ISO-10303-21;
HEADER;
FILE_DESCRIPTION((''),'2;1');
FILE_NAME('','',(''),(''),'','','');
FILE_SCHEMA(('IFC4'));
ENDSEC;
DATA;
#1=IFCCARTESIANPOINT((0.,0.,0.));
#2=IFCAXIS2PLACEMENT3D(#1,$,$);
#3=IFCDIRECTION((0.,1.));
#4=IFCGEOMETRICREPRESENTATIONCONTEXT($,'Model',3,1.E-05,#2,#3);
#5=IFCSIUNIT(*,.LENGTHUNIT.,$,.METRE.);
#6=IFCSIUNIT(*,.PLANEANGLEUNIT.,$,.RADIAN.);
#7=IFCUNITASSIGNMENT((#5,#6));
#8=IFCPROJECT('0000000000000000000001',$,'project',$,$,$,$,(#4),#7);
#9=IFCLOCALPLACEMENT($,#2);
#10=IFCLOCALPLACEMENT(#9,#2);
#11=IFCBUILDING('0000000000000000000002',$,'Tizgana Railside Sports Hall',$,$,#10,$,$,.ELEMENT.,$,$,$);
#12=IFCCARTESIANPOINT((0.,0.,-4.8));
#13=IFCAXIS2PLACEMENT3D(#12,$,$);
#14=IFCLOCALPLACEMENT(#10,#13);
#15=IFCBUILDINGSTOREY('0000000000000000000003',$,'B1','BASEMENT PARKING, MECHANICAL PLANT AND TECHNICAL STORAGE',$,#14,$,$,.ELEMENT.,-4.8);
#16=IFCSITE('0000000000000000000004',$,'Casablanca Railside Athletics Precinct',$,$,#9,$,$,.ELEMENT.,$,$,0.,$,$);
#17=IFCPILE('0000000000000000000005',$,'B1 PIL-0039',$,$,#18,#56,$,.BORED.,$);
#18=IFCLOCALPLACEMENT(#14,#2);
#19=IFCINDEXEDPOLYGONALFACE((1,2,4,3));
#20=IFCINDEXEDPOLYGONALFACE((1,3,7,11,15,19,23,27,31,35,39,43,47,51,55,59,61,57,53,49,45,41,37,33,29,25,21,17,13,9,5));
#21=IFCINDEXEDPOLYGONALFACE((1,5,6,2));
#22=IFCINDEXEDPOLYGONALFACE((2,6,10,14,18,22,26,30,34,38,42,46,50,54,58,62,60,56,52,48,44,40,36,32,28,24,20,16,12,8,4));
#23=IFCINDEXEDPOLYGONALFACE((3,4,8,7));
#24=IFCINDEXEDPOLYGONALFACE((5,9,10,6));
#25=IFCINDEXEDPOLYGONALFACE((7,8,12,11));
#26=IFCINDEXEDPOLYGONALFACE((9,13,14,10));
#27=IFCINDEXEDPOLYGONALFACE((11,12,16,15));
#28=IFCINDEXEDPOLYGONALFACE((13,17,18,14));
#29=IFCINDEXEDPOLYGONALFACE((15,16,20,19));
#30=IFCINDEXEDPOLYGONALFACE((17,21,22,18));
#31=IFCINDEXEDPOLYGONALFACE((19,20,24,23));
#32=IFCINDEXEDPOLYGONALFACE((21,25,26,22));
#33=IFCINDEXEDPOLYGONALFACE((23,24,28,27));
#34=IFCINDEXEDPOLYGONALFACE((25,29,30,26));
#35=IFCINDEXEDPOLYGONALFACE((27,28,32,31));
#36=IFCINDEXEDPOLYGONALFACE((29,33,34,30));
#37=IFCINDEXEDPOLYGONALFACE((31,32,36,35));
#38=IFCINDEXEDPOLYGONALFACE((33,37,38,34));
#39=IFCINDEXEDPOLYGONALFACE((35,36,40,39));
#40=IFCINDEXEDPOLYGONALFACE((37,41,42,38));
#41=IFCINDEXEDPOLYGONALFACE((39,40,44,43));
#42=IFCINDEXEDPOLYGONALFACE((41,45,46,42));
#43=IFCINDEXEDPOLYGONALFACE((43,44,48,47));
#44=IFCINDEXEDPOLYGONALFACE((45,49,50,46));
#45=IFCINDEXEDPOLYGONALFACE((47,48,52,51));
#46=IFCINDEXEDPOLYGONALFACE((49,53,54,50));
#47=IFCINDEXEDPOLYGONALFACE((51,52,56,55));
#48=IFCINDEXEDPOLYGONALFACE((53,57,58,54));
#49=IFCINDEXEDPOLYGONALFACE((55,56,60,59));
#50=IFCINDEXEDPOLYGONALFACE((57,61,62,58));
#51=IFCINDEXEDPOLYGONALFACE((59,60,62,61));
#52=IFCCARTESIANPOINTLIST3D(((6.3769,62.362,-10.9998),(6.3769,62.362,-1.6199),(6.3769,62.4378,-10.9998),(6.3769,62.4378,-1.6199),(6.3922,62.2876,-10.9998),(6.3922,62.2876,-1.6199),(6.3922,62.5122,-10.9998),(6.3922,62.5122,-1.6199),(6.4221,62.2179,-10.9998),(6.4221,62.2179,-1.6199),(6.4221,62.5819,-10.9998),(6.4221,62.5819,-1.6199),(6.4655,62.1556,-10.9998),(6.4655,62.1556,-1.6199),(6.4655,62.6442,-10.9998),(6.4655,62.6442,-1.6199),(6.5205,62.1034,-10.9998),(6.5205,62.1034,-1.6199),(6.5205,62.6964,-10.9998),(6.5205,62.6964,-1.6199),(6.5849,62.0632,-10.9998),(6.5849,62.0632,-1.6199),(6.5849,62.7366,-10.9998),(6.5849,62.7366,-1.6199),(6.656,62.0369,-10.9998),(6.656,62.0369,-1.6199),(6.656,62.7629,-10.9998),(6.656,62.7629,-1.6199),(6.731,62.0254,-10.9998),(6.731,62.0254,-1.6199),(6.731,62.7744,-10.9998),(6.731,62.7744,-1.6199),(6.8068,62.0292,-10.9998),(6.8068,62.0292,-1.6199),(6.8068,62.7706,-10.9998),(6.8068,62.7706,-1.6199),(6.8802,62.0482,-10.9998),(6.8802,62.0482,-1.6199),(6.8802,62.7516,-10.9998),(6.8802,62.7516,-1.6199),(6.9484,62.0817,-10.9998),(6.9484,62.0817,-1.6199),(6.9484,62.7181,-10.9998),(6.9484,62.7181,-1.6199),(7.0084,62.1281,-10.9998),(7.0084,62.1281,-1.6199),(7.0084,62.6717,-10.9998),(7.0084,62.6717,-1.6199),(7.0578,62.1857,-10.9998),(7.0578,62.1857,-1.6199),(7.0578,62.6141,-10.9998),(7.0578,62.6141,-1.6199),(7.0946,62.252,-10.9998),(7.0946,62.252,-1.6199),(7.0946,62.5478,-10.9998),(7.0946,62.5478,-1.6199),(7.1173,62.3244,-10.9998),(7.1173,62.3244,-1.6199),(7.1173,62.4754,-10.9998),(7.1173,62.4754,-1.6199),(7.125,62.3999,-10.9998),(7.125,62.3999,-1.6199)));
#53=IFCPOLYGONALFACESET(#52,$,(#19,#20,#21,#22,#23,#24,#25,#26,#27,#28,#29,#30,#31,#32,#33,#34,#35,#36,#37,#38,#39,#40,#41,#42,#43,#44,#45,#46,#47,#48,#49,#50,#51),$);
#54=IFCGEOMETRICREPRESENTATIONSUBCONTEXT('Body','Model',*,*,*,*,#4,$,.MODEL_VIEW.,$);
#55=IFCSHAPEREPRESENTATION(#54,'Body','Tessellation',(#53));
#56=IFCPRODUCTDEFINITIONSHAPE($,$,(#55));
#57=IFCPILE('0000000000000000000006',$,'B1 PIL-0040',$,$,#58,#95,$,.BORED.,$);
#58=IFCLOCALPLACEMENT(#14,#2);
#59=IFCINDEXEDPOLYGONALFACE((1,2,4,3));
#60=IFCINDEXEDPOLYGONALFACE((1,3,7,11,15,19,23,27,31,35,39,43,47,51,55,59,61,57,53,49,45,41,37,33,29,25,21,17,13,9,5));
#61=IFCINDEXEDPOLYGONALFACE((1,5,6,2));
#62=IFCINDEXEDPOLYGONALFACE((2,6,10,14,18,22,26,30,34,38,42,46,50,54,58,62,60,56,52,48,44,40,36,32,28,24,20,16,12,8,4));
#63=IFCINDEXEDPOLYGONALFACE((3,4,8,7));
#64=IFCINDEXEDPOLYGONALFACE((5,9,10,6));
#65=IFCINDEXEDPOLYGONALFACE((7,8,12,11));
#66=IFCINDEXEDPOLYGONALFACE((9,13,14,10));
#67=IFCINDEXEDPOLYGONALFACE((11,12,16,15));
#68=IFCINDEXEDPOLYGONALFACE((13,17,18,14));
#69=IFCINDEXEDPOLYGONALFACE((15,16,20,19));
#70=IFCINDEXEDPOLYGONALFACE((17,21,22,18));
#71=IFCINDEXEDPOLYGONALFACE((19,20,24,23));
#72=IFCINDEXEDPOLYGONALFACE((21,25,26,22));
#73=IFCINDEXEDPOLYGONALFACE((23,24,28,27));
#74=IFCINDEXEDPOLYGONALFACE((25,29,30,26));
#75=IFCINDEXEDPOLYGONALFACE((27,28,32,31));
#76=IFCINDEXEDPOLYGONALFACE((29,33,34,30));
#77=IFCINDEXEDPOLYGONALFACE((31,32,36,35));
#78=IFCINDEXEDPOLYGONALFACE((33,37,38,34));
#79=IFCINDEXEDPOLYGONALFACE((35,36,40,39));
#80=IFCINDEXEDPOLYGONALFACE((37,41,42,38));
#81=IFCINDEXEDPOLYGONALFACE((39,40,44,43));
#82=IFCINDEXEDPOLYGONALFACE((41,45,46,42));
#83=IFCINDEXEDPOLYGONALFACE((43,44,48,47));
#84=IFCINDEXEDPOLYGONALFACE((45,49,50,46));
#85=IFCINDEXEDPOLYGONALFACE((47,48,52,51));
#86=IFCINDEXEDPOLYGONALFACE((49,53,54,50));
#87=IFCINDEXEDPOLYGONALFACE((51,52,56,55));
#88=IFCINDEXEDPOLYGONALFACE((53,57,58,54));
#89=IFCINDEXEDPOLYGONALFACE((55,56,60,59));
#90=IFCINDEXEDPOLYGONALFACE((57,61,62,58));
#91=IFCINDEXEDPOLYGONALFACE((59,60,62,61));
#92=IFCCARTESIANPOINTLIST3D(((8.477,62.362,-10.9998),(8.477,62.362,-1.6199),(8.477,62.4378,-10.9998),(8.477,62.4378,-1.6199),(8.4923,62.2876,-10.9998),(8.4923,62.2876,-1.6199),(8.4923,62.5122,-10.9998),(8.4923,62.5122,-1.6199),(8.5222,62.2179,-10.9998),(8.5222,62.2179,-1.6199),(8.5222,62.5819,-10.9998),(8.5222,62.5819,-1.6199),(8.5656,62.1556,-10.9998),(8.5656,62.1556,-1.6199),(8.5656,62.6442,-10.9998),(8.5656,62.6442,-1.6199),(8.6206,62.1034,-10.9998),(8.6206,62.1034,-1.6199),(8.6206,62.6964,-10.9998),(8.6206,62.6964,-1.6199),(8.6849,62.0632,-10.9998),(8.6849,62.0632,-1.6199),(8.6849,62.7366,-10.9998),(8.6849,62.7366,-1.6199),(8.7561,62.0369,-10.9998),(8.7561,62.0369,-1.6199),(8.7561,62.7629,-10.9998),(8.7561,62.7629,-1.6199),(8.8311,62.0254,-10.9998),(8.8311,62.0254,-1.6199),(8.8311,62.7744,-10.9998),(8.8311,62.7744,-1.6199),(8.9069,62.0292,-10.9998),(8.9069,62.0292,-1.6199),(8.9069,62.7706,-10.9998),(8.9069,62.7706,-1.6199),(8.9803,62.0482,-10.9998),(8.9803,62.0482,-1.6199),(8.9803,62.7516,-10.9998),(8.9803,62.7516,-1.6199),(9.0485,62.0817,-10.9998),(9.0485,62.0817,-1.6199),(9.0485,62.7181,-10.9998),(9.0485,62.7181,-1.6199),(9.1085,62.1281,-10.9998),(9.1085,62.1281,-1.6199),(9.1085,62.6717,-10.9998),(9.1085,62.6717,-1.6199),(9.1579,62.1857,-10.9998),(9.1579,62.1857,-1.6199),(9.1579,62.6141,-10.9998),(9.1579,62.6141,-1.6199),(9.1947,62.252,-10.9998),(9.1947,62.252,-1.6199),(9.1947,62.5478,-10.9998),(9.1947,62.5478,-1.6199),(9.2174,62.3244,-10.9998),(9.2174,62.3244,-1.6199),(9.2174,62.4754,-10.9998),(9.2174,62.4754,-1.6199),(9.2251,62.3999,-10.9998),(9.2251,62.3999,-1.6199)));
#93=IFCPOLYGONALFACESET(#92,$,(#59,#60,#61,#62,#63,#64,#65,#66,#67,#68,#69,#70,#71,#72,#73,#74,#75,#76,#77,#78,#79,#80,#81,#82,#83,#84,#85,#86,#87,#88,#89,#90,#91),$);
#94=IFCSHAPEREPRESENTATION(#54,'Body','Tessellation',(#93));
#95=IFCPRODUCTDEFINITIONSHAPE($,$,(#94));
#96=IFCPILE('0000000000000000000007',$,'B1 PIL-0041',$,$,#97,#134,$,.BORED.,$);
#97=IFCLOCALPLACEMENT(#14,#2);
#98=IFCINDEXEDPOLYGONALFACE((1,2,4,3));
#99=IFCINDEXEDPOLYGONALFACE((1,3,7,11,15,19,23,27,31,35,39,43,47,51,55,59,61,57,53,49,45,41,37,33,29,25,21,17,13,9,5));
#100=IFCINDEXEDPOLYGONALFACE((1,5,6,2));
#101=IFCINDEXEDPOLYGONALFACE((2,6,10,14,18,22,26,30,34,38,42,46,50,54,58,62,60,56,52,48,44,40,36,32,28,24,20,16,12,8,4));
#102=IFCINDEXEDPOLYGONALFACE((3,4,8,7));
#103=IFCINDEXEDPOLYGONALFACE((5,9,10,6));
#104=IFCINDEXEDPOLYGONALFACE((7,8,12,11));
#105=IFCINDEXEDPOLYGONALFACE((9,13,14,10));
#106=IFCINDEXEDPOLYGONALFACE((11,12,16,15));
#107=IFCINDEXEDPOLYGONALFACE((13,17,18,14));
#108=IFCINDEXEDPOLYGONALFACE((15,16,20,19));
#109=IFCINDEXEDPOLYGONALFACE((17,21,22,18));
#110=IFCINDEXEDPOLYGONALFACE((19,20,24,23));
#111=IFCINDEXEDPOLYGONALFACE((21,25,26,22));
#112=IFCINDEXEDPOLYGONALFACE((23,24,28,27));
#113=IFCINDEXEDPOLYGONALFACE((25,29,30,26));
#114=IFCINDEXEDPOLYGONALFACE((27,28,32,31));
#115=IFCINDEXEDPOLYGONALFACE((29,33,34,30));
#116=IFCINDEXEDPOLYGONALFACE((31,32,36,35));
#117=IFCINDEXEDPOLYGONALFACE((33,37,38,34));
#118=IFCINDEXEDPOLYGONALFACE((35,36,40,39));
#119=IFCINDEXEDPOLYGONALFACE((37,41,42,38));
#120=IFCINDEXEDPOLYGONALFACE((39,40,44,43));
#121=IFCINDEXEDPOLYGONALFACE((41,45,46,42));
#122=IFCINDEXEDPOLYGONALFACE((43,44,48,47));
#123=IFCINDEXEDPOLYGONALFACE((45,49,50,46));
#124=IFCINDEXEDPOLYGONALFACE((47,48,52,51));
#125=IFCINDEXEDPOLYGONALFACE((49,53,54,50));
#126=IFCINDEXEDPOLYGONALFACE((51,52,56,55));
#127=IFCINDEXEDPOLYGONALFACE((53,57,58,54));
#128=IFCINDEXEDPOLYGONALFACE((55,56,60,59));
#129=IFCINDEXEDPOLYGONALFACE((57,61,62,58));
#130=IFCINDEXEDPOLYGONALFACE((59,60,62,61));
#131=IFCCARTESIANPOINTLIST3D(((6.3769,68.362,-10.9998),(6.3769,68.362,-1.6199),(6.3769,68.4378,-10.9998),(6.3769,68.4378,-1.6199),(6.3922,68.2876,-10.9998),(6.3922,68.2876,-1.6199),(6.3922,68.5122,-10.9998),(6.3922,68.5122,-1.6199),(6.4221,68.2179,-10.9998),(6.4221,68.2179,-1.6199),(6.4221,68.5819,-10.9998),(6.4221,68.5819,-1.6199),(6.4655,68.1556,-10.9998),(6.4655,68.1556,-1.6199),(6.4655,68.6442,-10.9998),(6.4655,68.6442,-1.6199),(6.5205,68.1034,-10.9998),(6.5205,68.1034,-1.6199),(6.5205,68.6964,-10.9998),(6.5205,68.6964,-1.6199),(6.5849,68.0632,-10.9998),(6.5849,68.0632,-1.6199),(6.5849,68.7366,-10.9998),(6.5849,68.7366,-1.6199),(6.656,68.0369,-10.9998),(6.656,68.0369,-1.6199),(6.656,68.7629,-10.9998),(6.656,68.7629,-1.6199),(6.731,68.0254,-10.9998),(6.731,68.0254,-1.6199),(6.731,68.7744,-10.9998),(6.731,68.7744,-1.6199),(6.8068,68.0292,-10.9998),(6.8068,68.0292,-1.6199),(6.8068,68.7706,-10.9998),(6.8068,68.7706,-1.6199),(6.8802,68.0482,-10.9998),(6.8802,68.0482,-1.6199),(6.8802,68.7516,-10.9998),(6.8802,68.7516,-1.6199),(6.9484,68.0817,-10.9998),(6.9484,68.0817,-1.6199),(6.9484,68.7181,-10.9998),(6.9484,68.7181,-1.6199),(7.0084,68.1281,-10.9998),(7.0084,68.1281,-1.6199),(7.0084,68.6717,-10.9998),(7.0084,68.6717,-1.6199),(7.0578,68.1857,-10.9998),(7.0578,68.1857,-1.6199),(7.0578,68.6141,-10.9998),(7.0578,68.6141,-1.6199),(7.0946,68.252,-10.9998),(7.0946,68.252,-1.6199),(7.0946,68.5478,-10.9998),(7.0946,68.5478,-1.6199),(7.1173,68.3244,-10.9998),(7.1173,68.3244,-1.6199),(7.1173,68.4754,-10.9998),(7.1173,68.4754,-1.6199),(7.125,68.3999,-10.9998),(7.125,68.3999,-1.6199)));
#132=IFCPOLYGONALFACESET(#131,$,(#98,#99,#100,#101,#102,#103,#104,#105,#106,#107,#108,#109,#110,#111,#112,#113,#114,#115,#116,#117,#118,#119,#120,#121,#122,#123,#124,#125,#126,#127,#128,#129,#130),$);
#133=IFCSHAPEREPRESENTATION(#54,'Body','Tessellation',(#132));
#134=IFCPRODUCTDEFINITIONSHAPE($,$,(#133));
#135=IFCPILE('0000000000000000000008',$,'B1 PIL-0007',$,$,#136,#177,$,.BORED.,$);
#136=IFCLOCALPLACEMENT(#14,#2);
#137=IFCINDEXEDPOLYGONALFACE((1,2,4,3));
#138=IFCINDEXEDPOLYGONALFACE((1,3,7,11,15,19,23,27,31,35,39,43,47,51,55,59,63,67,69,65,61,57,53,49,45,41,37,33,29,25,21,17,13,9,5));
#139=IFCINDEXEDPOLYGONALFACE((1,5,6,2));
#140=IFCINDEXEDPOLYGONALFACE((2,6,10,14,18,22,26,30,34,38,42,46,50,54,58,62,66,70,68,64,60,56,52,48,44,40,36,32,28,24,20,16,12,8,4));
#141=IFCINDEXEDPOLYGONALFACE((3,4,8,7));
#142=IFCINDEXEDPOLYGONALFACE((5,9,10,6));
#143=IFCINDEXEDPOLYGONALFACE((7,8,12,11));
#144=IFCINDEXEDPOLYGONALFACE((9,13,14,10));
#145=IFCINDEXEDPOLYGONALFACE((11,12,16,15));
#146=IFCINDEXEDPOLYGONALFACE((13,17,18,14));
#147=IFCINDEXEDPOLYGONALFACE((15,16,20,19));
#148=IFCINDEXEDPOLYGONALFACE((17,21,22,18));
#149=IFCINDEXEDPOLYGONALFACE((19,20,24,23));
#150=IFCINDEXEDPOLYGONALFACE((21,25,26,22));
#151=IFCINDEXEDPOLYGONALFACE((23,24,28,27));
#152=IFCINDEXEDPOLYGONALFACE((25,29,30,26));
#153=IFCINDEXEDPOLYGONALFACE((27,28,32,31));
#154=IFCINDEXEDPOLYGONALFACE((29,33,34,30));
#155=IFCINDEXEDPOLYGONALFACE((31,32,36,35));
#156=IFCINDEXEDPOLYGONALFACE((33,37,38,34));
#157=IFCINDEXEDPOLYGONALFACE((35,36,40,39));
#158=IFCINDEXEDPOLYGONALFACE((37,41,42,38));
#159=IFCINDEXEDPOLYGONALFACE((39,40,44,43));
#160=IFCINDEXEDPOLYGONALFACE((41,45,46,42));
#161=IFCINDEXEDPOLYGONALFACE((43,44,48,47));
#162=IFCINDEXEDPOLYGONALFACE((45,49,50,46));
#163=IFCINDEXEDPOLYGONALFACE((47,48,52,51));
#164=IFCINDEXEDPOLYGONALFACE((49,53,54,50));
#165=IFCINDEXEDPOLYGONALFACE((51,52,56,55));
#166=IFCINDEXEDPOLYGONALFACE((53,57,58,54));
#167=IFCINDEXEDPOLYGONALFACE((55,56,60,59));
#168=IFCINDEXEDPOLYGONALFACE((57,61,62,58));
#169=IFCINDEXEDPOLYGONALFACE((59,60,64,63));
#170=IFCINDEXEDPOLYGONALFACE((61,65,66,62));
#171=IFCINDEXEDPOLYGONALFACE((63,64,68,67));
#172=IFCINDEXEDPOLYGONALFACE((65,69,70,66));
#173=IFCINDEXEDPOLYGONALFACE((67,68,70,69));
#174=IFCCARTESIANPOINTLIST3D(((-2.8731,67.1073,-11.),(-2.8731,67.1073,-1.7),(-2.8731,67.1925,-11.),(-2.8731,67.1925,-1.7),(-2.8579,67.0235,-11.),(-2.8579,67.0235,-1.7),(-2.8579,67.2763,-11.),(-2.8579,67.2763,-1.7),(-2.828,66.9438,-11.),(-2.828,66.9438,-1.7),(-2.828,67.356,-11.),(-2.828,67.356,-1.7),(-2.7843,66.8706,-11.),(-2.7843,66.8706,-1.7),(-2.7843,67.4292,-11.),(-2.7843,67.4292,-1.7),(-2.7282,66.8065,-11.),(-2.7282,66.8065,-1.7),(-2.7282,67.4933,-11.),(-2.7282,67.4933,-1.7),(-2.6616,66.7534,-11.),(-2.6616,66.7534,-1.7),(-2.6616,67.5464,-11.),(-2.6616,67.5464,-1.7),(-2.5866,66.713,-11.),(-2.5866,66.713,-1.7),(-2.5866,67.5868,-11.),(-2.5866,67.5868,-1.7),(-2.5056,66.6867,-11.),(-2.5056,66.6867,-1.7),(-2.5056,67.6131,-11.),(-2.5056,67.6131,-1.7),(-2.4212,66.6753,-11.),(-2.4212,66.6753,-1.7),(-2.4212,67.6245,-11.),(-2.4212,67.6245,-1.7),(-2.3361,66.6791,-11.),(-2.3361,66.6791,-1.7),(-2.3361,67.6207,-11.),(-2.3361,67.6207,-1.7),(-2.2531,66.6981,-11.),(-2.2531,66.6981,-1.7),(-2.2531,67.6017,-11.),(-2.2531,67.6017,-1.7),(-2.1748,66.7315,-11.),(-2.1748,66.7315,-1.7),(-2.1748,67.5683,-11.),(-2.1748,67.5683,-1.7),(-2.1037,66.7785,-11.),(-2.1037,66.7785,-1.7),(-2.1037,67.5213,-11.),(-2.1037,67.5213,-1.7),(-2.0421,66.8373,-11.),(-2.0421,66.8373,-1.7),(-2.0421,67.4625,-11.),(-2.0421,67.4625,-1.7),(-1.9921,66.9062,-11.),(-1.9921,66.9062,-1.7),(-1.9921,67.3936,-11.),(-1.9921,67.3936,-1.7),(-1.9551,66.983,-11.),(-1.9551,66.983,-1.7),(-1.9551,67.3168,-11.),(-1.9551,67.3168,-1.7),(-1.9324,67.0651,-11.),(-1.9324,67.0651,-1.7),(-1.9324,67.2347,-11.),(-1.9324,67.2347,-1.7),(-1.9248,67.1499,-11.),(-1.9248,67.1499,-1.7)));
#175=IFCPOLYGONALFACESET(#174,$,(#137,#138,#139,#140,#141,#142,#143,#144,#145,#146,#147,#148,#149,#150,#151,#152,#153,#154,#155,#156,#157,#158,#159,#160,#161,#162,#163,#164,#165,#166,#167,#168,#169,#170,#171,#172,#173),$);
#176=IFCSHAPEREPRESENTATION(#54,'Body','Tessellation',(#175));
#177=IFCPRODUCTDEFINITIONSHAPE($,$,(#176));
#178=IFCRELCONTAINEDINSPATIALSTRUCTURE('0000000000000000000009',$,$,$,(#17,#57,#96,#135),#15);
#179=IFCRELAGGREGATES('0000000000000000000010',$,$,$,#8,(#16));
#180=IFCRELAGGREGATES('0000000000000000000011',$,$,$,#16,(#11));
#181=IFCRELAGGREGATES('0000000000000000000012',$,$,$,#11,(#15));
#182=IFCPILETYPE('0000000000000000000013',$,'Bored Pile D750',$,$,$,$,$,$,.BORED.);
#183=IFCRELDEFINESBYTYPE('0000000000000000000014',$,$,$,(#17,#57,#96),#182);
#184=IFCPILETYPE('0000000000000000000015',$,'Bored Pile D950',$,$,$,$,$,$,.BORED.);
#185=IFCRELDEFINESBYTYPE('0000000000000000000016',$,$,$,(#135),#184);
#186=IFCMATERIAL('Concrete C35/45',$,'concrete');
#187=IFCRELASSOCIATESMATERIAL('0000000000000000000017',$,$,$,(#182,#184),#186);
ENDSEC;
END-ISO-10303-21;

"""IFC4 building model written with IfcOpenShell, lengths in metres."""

from ifc_helpers import new_model, si_unit, direction, frame, origin, origin_2d, place, context, subcontext, project, spatial, circle, extrude, material, material_profile, profile_set, type_object, element, save


model = new_model("IFC4")

# Units and contexts
model_context = context("Model", 3, precision=1e-05, world=origin(), true_north=direction((0.0, 1.0)))
body_context = subcontext(model_context, "Body", "Model", "MODEL_VIEW")
ifc_project = project(units=[si_unit("LENGTHUNIT", "METRE"), si_unit("PLANEANGLEUNIT", "RADIAN")], contexts=[model_context])

# Site, building, storey
site_placement = place(None, origin())
site = spatial("IfcSite", under=ifc_project, at=site_placement, Name="Casablanca Railside Athletics Precinct", CompositionType="ELEMENT", RefElevation=0.0)
building_placement = place(site_placement, origin())
building = spatial("IfcBuilding", under=site, at=building_placement, Name="Tizgana Railside Sports Hall", CompositionType="ELEMENT")
storey_placement = place(building_placement, frame((0.0, 0.0, -4.8)))
storey = spatial("IfcBuildingStorey", under=building, at=storey_placement, Name="B1", Description="BASEMENT PARKING, MECHANICAL PLANT AND TECHNICAL STORAGE", CompositionType="ELEMENT", Elevation=-4.8)

# Piles
ifc_material_1 = material(Name="Concrete C35/45", Category="concrete")
ifc_material_profile_1 = material_profile(ifc_material_1, circle(Radius=0.375, at=origin_2d()), Name="PILE D750")
ifc_profile_set_1 = profile_set([ifc_material_profile_1], Name="Concrete C35/45")
pile_type_1 = type_object("IfcPileType", Name="Bored Pile D750", PredefinedType="BORED", material=ifc_profile_set_1)
for number, where, z_axis, x_axis, name in (
    (1, (6.75, 62.3999, -1.6199), (0.0, 0.0, -1.0), (1.0, 0.0, 0.0), "B1 PIL-0039"),
    (2, (8.8501, 62.3999, -1.6199), (0.0, 0.0, -1.0), (1.0, 0.0, 0.0), "B1 PIL-0040"),
    (3, (6.75, 68.3999, -1.6199), (0.0, 0.0, -1.0), (1.0, 0.0, 0.0), "B1 PIL-0041"),
):
    element("IfcPile", number, at=place(storey_placement, frame(where, z_axis=z_axis, x_axis=x_axis)), inside=storey, type_object=pile_type_1, Name=name, PredefinedType="BORED", context=body_context, shape_type="SweptSolid", body=[
        extrude(circle(Radius=0.375, at=origin_2d()), origin(), (0.0, 0.0, 1.0), 9.3799),
    ])
ifc_material_profile_2 = material_profile(ifc_material_1, circle(Radius=0.4751, at=origin_2d()), Name="PILE D950")
ifc_profile_set_2 = profile_set([ifc_material_profile_2], Name="Concrete C35/45")
pile_type_2 = type_object("IfcPileType", Name="Bored Pile D950", PredefinedType="BORED", material=ifc_profile_set_2)
for number, where, z_axis, x_axis, name in (
    (4, (-2.3999, 67.1499, -1.7), (0.0, 0.0, -1.0), (1.0, 0.0, 0.0), "B1 PIL-0007"),
):
    element("IfcPile", number, at=place(storey_placement, frame(where, z_axis=z_axis, x_axis=x_axis)), inside=storey, type_object=pile_type_2, Name=name, PredefinedType="BORED", context=body_context, shape_type="SweptSolid", body=[
        extrude(circle(Radius=0.4751, at=origin_2d()), origin(), (0.0, 0.0, 1.0), 9.3),
    ])

save(model, "model.ifc")
